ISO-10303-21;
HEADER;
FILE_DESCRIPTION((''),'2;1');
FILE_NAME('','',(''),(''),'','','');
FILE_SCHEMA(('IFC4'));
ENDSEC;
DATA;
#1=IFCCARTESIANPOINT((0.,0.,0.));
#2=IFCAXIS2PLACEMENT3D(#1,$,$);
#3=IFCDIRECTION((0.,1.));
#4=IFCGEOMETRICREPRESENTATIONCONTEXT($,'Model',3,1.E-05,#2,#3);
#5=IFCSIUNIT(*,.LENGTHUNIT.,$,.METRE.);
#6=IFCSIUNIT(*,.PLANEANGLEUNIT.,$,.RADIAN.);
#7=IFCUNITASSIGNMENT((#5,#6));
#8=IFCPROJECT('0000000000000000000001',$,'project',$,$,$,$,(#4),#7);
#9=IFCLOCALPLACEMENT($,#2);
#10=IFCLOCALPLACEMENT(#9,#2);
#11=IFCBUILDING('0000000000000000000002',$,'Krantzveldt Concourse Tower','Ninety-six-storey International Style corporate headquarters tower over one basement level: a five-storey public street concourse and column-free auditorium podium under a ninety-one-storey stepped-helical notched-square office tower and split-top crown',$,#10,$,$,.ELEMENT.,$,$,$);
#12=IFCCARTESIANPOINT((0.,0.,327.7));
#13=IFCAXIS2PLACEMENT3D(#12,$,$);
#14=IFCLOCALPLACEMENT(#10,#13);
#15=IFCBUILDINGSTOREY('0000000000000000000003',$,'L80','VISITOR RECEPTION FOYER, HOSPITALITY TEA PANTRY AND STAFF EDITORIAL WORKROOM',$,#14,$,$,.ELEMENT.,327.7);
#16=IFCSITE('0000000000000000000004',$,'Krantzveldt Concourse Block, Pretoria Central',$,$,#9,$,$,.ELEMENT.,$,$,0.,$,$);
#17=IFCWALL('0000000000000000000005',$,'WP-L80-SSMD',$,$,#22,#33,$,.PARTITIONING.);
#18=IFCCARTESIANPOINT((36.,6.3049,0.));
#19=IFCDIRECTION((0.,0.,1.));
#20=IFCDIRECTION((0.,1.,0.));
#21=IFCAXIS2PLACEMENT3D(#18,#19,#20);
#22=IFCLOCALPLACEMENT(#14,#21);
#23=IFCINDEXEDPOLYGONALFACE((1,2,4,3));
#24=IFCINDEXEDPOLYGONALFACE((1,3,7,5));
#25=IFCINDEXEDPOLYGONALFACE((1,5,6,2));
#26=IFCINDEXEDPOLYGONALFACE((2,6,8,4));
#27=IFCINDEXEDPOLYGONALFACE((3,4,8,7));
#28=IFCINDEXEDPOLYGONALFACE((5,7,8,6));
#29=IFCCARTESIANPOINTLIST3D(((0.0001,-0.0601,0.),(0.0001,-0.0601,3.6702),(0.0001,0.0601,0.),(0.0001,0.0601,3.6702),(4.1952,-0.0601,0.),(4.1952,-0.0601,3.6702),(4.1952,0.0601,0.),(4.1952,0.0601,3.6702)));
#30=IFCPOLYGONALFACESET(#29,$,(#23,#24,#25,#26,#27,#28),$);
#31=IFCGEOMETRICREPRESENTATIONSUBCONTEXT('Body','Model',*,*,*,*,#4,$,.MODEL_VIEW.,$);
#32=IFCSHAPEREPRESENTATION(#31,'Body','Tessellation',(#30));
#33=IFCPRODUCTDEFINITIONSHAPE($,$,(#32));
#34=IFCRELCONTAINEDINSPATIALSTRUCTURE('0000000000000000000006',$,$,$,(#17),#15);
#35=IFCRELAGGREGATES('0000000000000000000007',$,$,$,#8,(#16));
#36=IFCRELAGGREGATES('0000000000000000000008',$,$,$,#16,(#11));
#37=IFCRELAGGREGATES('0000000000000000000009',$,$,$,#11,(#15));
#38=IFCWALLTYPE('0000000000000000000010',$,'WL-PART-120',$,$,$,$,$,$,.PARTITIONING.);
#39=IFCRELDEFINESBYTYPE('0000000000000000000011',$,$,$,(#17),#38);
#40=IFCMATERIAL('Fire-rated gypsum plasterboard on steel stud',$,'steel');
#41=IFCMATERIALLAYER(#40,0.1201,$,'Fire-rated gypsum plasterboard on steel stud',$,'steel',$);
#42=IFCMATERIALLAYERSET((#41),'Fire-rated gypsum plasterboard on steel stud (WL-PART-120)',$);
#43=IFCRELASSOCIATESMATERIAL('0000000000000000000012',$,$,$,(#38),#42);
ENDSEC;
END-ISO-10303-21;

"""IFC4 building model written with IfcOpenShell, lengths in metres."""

from ifc_helpers import new_model, si_unit, direction, frame, frame_2d, origin, place, context, subcontext, project, spatial, rectangle, extrude, material, layer, layer_set, type_object, element, save


model = new_model("IFC4")

# Units and contexts
model_context = context("Model", 3, precision=1e-05, world=origin(), true_north=direction((0.0, 1.0)))
body_context = subcontext(model_context, "Body", "Model", "MODEL_VIEW")
ifc_project = project(units=[si_unit("LENGTHUNIT", "METRE"), si_unit("PLANEANGLEUNIT", "RADIAN")], contexts=[model_context])

# Site, building, storey
site_placement = place(None, origin())
site = spatial("IfcSite", under=ifc_project, at=site_placement, Name="Krantzveldt Concourse Block, Pretoria Central", CompositionType="ELEMENT", RefElevation=0.0)
building_placement = place(site_placement, origin())
building = spatial("IfcBuilding", under=site, at=building_placement, Name="Krantzveldt Concourse Tower", Description="Ninety-six-storey International Style corporate headquarters tower over one basement level: a five-storey public street concourse and column-free auditorium podium under a ninety-one-storey stepped-helical notched-square office tower and split-top crown", CompositionType="ELEMENT")
storey_placement = place(building_placement, frame((0.0, 0.0, 327.7)))
storey = spatial("IfcBuildingStorey", under=building, at=storey_placement, Name="L80", Description="VISITOR RECEPTION FOYER, HOSPITALITY TEA PANTRY AND STAFF EDITORIAL WORKROOM", CompositionType="ELEMENT", Elevation=327.7)

# Shared definitions
ifc_material_1 = material(Name="Fire-rated gypsum plasterboard on steel stud", Category="steel")
ifc_layer_1 = layer(ifc_material_1, 0.1201, Name="Fire-rated gypsum plasterboard on steel stud", Category="steel")
ifc_layer_set_1 = layer_set([ifc_layer_1], Name="Fire-rated gypsum plasterboard on steel stud (WL-PART-120)")
wall_type_1 = type_object("IfcWallType", Name="WL-PART-120", PredefinedType="PARTITIONING", material=ifc_layer_set_1)

# Wall
wall_1_placement = place(storey_placement, frame((36.0, 6.3049, 0.0), z_axis=(0.0, 0.0, 1.0), x_axis=(0.0, 1.0, 0.0)))
element("IfcWall", 1, at=wall_1_placement, inside=storey, type_object=wall_type_1, Name="WP-L80-SSMD", PredefinedType="PARTITIONING", context=body_context, shape_type="SweptSolid", body=[
    extrude(rectangle(XDim=4.1951, YDim=0.1201, at=frame_2d((2.0977, 0.0))), origin(), (0.0, 0.0, 1.0), 3.6702),
])

save(model, "model.ifc")
